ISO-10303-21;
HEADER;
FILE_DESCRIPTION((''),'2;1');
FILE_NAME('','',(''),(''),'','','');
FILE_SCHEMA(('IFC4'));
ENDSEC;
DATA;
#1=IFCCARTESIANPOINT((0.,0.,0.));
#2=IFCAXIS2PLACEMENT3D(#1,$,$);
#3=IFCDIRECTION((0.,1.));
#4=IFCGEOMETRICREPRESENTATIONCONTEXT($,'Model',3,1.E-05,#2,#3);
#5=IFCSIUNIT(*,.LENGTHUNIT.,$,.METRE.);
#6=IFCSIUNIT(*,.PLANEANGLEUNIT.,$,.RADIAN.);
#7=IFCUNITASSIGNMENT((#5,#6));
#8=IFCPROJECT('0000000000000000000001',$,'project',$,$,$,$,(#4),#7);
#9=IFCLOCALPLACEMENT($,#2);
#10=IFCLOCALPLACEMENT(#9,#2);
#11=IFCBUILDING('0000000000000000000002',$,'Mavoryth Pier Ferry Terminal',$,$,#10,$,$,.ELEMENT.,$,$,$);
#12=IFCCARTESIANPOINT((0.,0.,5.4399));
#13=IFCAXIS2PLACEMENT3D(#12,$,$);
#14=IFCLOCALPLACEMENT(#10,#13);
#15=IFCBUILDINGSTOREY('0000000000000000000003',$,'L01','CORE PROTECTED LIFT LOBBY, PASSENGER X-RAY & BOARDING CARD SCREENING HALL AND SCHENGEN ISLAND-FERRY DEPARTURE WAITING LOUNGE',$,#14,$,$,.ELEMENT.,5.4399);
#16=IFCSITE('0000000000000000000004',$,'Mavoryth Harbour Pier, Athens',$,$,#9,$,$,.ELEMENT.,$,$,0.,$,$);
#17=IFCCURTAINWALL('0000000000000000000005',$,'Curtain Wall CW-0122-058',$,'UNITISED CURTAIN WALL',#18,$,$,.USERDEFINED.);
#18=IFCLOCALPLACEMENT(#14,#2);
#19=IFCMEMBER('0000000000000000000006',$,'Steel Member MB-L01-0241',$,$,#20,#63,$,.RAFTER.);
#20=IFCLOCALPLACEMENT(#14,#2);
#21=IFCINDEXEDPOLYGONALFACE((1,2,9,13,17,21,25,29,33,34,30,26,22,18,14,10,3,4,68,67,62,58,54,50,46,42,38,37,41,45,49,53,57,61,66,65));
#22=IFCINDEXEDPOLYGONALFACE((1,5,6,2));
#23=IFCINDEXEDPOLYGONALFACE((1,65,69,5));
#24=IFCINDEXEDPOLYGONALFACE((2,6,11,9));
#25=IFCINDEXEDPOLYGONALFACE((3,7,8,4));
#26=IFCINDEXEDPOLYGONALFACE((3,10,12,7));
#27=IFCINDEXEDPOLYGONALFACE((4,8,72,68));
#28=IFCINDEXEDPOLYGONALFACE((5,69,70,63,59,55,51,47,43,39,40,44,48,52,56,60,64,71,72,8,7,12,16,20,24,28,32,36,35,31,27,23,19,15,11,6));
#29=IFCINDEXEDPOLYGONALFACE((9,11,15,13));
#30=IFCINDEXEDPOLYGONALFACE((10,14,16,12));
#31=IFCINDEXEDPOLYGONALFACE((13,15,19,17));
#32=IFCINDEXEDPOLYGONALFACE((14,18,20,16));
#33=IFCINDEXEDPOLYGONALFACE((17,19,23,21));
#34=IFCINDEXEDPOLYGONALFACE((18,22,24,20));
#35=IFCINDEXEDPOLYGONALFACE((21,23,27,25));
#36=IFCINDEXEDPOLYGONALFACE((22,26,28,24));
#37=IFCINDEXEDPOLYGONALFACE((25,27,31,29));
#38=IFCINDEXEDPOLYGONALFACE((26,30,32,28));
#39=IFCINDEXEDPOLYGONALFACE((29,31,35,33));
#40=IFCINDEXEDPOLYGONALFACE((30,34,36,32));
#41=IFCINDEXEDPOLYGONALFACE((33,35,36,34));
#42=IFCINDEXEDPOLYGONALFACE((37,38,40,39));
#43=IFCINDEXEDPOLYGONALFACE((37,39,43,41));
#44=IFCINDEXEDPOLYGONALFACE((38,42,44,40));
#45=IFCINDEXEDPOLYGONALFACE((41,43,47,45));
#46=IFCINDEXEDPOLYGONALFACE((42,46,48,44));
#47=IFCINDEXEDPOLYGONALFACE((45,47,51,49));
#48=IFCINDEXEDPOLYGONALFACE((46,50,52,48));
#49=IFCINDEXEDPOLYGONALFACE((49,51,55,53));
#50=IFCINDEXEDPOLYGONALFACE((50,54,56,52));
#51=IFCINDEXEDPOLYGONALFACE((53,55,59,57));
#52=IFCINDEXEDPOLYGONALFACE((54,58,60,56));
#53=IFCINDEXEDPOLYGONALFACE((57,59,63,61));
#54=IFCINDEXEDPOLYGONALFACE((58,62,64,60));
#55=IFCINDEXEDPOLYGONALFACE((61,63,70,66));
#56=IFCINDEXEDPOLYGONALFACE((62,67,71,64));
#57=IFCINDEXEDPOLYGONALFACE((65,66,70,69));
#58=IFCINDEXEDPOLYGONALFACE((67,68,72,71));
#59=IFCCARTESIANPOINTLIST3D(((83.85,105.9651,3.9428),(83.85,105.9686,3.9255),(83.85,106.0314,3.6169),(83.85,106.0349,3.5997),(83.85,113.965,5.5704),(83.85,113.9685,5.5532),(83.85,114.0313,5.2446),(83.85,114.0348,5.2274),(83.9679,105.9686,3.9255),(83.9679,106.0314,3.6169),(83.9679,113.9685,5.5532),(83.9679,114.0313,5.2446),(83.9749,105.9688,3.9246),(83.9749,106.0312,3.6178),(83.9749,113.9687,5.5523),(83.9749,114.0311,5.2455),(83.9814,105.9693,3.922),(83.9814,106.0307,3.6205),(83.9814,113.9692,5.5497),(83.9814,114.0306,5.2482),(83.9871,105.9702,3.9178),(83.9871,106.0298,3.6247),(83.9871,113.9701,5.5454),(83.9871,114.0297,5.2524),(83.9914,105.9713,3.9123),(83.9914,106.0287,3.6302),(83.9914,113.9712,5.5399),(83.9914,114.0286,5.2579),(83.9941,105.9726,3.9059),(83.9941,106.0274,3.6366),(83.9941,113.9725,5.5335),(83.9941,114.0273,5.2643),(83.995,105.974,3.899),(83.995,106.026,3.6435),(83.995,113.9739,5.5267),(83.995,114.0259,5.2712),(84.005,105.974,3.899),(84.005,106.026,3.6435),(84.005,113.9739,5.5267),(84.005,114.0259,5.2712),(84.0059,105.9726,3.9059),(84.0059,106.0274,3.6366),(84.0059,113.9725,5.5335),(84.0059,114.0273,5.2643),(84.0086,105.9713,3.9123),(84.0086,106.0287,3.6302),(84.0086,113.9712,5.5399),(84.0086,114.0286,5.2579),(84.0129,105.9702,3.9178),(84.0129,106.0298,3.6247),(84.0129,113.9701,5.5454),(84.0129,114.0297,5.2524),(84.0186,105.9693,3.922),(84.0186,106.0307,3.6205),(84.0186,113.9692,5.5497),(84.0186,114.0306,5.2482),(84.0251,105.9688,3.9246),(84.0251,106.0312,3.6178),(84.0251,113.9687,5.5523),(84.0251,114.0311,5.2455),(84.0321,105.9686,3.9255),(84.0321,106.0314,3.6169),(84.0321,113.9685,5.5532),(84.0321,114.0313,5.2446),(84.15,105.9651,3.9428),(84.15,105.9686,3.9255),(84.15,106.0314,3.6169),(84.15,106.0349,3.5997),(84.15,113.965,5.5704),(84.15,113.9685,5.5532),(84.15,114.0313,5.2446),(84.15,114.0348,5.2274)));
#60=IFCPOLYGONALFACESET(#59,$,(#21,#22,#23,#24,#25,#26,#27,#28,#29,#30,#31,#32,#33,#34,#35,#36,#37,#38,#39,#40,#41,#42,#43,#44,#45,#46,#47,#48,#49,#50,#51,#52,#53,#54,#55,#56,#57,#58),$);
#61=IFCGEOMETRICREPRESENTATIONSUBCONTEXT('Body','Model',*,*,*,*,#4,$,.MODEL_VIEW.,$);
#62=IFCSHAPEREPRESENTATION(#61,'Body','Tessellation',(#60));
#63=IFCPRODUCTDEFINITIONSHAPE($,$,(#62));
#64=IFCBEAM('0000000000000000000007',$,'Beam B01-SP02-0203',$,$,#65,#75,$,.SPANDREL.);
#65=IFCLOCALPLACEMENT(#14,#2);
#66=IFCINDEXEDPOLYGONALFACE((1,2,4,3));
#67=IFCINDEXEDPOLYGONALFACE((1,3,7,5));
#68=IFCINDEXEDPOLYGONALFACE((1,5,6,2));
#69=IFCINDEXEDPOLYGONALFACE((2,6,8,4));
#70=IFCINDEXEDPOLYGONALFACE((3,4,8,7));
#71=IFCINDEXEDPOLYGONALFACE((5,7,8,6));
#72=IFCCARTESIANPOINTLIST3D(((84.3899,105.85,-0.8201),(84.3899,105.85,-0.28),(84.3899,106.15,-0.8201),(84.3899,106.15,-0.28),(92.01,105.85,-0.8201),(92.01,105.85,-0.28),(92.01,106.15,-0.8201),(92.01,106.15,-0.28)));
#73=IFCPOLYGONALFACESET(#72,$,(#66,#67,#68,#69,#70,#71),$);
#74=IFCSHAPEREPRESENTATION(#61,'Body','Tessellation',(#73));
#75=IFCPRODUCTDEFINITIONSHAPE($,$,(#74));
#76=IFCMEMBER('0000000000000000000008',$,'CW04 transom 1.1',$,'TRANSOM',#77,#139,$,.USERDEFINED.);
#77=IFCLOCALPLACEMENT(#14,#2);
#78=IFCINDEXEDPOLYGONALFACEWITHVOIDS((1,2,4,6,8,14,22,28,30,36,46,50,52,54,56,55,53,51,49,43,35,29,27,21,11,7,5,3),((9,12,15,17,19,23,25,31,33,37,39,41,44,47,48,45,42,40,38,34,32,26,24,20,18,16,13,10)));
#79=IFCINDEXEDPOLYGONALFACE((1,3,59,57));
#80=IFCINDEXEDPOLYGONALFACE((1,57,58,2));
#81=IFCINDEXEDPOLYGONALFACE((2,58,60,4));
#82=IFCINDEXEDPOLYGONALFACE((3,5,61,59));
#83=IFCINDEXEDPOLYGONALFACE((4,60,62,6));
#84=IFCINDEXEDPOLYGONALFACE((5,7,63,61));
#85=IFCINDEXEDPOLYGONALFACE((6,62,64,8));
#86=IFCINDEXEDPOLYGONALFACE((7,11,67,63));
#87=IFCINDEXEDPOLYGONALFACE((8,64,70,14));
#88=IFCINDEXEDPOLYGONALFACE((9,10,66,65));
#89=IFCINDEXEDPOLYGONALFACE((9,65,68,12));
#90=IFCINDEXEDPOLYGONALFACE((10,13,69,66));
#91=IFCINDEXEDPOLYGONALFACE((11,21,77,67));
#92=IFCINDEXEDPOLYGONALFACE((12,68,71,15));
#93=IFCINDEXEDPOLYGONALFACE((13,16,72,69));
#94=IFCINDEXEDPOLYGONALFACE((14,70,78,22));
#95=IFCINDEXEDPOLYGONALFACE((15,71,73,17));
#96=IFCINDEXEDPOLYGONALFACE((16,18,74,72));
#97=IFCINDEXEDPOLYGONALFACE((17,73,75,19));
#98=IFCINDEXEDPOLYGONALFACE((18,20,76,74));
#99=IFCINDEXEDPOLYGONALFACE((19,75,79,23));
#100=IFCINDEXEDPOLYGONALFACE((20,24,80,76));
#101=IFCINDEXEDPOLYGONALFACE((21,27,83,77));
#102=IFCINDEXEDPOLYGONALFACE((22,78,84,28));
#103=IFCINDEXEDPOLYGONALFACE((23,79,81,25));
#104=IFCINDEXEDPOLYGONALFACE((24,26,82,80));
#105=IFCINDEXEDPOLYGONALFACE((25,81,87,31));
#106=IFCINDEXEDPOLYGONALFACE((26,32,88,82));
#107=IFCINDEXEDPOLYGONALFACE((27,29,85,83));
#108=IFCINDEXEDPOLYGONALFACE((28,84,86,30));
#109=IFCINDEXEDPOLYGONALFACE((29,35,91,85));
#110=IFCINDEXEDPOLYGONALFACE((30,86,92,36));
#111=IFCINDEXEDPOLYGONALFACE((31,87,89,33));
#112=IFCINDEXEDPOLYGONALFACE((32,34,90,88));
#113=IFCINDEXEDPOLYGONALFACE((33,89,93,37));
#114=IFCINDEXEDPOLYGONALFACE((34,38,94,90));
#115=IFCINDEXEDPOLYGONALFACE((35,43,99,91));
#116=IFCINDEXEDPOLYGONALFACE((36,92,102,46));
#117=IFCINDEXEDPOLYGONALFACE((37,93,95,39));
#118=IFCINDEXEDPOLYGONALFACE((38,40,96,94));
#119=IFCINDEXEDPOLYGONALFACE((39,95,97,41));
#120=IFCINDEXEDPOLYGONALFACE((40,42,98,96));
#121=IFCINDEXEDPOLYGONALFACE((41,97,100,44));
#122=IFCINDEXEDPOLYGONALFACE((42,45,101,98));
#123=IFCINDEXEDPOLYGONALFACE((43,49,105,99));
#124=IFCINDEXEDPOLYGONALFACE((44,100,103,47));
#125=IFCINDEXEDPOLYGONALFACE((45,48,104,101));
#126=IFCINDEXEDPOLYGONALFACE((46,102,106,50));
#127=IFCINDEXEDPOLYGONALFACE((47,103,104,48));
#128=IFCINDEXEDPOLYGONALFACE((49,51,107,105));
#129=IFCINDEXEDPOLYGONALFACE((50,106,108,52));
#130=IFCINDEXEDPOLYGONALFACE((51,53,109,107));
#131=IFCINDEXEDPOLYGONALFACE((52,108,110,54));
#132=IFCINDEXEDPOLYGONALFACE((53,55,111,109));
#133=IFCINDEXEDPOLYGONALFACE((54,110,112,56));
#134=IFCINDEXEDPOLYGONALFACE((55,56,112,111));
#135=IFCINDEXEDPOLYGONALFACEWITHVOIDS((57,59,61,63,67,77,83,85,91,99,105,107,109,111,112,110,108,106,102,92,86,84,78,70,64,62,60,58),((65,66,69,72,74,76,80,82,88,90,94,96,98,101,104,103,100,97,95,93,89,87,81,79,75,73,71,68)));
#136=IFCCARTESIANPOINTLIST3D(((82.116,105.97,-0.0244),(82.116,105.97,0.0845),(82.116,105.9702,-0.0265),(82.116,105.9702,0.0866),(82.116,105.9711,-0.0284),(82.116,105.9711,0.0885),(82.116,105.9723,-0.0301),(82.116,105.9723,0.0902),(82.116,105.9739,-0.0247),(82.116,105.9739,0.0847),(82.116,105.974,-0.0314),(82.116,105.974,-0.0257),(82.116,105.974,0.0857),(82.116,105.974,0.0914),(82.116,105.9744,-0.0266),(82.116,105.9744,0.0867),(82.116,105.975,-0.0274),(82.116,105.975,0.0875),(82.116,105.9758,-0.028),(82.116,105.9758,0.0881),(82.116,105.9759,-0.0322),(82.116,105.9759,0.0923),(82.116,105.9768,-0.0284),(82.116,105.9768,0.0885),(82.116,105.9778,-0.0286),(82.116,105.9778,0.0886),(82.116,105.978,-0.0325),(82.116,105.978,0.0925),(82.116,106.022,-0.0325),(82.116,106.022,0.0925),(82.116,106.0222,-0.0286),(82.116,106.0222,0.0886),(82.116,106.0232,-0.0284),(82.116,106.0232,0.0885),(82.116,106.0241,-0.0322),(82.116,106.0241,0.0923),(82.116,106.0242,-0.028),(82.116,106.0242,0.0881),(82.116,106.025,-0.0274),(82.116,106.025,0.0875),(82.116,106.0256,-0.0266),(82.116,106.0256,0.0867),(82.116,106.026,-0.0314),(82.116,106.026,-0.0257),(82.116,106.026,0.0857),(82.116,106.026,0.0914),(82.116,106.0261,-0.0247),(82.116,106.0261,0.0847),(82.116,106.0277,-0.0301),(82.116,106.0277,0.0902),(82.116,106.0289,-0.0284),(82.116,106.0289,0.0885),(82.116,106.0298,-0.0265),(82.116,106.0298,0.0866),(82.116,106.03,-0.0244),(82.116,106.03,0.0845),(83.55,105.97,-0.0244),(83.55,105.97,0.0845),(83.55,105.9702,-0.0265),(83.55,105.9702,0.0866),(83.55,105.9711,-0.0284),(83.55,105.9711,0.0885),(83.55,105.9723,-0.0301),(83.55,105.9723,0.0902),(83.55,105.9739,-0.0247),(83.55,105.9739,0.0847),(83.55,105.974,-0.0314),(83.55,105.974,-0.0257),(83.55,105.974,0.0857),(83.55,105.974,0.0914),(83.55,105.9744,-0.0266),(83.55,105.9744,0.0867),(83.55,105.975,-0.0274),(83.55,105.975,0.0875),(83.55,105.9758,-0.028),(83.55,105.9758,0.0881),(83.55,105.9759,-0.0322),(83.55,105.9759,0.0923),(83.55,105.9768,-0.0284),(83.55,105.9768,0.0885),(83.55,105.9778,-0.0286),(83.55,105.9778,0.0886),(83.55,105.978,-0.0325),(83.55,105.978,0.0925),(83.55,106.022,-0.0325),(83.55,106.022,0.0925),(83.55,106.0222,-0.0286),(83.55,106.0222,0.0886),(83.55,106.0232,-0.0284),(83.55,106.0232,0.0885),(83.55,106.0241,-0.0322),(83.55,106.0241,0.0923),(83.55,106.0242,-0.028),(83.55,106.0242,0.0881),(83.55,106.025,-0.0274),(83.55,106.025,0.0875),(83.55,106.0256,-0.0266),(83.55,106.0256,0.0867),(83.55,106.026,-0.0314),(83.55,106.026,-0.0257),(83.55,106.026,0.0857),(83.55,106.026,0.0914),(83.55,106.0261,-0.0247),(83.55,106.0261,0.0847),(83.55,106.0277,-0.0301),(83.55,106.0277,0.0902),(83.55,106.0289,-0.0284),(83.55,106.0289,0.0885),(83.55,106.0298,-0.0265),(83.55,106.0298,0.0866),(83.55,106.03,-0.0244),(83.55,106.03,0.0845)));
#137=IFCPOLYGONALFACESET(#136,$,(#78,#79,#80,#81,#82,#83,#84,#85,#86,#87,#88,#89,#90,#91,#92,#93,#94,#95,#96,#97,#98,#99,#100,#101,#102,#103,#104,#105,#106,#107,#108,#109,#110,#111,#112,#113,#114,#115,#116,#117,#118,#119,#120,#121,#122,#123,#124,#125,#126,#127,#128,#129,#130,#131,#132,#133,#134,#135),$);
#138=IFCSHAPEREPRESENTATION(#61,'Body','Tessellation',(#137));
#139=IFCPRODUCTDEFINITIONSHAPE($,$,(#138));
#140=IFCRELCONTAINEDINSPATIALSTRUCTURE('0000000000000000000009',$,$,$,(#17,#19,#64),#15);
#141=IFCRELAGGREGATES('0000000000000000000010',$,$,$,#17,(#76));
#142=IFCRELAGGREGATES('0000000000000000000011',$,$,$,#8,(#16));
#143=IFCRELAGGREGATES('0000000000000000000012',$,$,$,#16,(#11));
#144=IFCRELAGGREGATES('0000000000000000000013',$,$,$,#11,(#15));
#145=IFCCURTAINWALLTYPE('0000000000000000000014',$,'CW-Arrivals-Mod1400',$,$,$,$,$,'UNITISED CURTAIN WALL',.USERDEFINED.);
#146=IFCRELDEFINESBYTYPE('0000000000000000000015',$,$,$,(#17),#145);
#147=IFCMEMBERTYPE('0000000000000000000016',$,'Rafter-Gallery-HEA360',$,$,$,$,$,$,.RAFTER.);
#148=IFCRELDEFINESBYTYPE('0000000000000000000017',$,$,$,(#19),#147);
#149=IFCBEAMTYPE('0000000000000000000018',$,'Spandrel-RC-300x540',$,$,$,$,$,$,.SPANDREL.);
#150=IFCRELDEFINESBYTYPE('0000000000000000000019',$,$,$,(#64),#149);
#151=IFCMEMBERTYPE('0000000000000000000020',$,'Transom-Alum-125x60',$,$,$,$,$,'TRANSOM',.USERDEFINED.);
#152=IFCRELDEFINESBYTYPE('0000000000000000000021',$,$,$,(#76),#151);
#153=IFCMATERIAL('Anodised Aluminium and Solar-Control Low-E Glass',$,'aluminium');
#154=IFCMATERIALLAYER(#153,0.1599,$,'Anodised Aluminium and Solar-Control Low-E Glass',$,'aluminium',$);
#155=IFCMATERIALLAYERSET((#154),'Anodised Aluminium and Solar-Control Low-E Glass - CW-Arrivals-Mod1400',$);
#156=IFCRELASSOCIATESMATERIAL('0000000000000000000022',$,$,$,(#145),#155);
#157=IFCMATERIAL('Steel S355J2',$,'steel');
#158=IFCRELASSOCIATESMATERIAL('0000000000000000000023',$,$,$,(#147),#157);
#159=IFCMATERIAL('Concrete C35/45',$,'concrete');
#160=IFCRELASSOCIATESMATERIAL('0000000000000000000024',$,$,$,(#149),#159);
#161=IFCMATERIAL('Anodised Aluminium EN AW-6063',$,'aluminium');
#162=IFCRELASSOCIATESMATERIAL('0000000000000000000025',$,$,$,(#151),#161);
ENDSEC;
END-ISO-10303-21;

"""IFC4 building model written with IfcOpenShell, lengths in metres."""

from ifc_helpers import new_model, si_unit, direction, frame, origin, origin_2d, place, context, subcontext, project, spatial, rectangle, hollow_rectangle, i_section, extrude, material, layer, layer_set, material_profile, profile_set, type_object, element, aggregate, save


model = new_model("IFC4")

# Units and contexts
model_context = context("Model", 3, precision=1e-05, world=origin(), true_north=direction((0.0, 1.0)))
body_context = subcontext(model_context, "Body", "Model", "MODEL_VIEW")
ifc_project = project(units=[si_unit("LENGTHUNIT", "METRE"), si_unit("PLANEANGLEUNIT", "RADIAN")], contexts=[model_context])

# Site, building, storey
site_placement = place(None, origin())
site = spatial("IfcSite", under=ifc_project, at=site_placement, Name="Mavoryth Harbour Pier, Athens", CompositionType="ELEMENT", RefElevation=0.0)
building_placement = place(site_placement, origin())
building = spatial("IfcBuilding", under=site, at=building_placement, Name="Mavoryth Pier Ferry Terminal", CompositionType="ELEMENT")
storey_placement = place(building_placement, frame((0.0, 0.0, 5.4399)))
storey = spatial("IfcBuildingStorey", under=building, at=storey_placement, Name="L01", Description="CORE PROTECTED LIFT LOBBY, PASSENGER X-RAY & BOARDING CARD SCREENING HALL AND SCHENGEN ISLAND-FERRY DEPARTURE WAITING LOUNGE", CompositionType="ELEMENT", Elevation=5.4399)

# Shared definitions
ifc_material_1 = material(Name="Steel S355J2", Category="steel")

# Shared definitions
ifc_material_2 = material(Name="Concrete C35/45", Category="concrete")

# Curtain wall
ifc_material_3 = material(Name="Anodised Aluminium and Solar-Control Low-E Glass", Category="aluminium")
ifc_layer_1 = layer(ifc_material_3, 0.1599, Name="Anodised Aluminium and Solar-Control Low-E Glass", Category="aluminium")
ifc_layer_set_1 = layer_set([ifc_layer_1], Name="Anodised Aluminium and Solar-Control Low-E Glass - CW-Arrivals-Mod1400")
curtain_wall_type = type_object("IfcCurtainWallType", Name="CW-Arrivals-Mod1400", ElementType="UNITISED CURTAIN WALL", PredefinedType="USERDEFINED", material=ifc_layer_set_1)
curtain_wall_1_placement = place(storey_placement, origin())
curtain_wall_1 = element("IfcCurtainWall", 1, at=curtain_wall_1_placement, inside=storey, type_object=curtain_wall_type, Name="Curtain Wall CW-0122-058", ObjectType="UNITISED CURTAIN WALL", PredefinedType="USERDEFINED")
ifc_material_4 = material(Name="Anodised Aluminium EN AW-6063", Category="aluminium")

# Member
ifc_material_profile_1 = material_profile(ifc_material_1, i_section(OverallWidth=0.3, OverallDepth=0.3501, WebThickness=0.01, FlangeThickness=0.0176, FilletRadius=0.0271, at=origin_2d()), Name="HEA 360", Category="steel")
ifc_profile_set_1 = profile_set([ifc_material_profile_1], Name="Steel S355J2 - HEA 360")
member_type_1 = type_object("IfcMemberType", Name="Rafter-Gallery-HEA360", PredefinedType="RAFTER", material=ifc_profile_set_1)
member_1_placement = place(storey_placement, frame((84.0, 106.0, 3.7712), z_axis=(0.0, 0.979923, 0.199376), x_axis=(-1.0, 0.0, 0.0)))
element("IfcMember", 2, at=member_1_placement, inside=storey, type_object=member_type_1, Name="Steel Member MB-L01-0241", PredefinedType="RAFTER", context=body_context, shape_type="SweptSolid", body=[
    extrude(i_section(OverallWidth=0.3, OverallDepth=0.3501, WebThickness=0.01, FlangeThickness=0.0176, FilletRadius=0.0271, at=origin_2d()), origin(), (0.0, 0.0, 1.0), 8.1638),
])

# Beam
ifc_material_profile_2 = material_profile(ifc_material_2, rectangle(XDim=0.3, YDim=0.54, at=origin_2d()), Name="RC 300x540", Category="concrete")
ifc_profile_set_2 = profile_set([ifc_material_profile_2], Name="Concrete C35/45 - RC 300x540")
beam_type_1 = type_object("IfcBeamType", Name="Spandrel-RC-300x540", PredefinedType="SPANDREL", material=ifc_profile_set_2)
beam_1_placement = place(storey_placement, frame((84.3899, 106.0, -0.55), z_axis=(1.0, 0.0, 0.0), x_axis=(0.0, 1.0, 0.0)))
element("IfcBeam", 3, at=beam_1_placement, inside=storey, type_object=beam_type_1, Name="Beam B01-SP02-0203", PredefinedType="SPANDREL", context=body_context, shape_type="SweptSolid", body=[
    extrude(rectangle(XDim=0.3, YDim=0.54, at=origin_2d()), origin(), (0.0, 0.0, 1.0), 7.6201),
])

# Member
ifc_material_profile_3 = material_profile(ifc_material_4, hollow_rectangle(XDim=0.0601, YDim=0.125, WallThickness=0.0039, InnerFilletRadius=0.0039, OuterFilletRadius=0.0081, at=origin_2d()), Name="AL-TRAN 125x60x4", Category="aluminium")
ifc_profile_set_3 = profile_set([ifc_material_profile_3], Name="Anodised Aluminium EN AW-6063 - AL-TRAN 125x60x4")
member_type_2 = type_object("IfcMemberType", Name="Transom-Alum-125x60", ElementType="TRANSOM", PredefinedType="USERDEFINED", material=ifc_profile_set_3)
member_2_placement = place(storey_placement, frame((83.55, 106.0, 0.03), z_axis=(-1.0, 0.0, 0.0), x_axis=(0.0, -1.0, 0.0)))
member_2 = element("IfcMember", 4, at=member_2_placement, type_object=member_type_2, Name="CW04 transom 1.1", ObjectType="TRANSOM", PredefinedType="USERDEFINED", context=body_context, shape_type="SweptSolid", body=[
    extrude(hollow_rectangle(XDim=0.0601, YDim=0.125, WallThickness=0.0039, InnerFilletRadius=0.0039, OuterFilletRadius=0.0081, at=origin_2d()), origin(), (0.0, 0.0, 1.0), 1.4341),
])

aggregate(curtain_wall_1, [member_2])

save(model, "model.ifc")
